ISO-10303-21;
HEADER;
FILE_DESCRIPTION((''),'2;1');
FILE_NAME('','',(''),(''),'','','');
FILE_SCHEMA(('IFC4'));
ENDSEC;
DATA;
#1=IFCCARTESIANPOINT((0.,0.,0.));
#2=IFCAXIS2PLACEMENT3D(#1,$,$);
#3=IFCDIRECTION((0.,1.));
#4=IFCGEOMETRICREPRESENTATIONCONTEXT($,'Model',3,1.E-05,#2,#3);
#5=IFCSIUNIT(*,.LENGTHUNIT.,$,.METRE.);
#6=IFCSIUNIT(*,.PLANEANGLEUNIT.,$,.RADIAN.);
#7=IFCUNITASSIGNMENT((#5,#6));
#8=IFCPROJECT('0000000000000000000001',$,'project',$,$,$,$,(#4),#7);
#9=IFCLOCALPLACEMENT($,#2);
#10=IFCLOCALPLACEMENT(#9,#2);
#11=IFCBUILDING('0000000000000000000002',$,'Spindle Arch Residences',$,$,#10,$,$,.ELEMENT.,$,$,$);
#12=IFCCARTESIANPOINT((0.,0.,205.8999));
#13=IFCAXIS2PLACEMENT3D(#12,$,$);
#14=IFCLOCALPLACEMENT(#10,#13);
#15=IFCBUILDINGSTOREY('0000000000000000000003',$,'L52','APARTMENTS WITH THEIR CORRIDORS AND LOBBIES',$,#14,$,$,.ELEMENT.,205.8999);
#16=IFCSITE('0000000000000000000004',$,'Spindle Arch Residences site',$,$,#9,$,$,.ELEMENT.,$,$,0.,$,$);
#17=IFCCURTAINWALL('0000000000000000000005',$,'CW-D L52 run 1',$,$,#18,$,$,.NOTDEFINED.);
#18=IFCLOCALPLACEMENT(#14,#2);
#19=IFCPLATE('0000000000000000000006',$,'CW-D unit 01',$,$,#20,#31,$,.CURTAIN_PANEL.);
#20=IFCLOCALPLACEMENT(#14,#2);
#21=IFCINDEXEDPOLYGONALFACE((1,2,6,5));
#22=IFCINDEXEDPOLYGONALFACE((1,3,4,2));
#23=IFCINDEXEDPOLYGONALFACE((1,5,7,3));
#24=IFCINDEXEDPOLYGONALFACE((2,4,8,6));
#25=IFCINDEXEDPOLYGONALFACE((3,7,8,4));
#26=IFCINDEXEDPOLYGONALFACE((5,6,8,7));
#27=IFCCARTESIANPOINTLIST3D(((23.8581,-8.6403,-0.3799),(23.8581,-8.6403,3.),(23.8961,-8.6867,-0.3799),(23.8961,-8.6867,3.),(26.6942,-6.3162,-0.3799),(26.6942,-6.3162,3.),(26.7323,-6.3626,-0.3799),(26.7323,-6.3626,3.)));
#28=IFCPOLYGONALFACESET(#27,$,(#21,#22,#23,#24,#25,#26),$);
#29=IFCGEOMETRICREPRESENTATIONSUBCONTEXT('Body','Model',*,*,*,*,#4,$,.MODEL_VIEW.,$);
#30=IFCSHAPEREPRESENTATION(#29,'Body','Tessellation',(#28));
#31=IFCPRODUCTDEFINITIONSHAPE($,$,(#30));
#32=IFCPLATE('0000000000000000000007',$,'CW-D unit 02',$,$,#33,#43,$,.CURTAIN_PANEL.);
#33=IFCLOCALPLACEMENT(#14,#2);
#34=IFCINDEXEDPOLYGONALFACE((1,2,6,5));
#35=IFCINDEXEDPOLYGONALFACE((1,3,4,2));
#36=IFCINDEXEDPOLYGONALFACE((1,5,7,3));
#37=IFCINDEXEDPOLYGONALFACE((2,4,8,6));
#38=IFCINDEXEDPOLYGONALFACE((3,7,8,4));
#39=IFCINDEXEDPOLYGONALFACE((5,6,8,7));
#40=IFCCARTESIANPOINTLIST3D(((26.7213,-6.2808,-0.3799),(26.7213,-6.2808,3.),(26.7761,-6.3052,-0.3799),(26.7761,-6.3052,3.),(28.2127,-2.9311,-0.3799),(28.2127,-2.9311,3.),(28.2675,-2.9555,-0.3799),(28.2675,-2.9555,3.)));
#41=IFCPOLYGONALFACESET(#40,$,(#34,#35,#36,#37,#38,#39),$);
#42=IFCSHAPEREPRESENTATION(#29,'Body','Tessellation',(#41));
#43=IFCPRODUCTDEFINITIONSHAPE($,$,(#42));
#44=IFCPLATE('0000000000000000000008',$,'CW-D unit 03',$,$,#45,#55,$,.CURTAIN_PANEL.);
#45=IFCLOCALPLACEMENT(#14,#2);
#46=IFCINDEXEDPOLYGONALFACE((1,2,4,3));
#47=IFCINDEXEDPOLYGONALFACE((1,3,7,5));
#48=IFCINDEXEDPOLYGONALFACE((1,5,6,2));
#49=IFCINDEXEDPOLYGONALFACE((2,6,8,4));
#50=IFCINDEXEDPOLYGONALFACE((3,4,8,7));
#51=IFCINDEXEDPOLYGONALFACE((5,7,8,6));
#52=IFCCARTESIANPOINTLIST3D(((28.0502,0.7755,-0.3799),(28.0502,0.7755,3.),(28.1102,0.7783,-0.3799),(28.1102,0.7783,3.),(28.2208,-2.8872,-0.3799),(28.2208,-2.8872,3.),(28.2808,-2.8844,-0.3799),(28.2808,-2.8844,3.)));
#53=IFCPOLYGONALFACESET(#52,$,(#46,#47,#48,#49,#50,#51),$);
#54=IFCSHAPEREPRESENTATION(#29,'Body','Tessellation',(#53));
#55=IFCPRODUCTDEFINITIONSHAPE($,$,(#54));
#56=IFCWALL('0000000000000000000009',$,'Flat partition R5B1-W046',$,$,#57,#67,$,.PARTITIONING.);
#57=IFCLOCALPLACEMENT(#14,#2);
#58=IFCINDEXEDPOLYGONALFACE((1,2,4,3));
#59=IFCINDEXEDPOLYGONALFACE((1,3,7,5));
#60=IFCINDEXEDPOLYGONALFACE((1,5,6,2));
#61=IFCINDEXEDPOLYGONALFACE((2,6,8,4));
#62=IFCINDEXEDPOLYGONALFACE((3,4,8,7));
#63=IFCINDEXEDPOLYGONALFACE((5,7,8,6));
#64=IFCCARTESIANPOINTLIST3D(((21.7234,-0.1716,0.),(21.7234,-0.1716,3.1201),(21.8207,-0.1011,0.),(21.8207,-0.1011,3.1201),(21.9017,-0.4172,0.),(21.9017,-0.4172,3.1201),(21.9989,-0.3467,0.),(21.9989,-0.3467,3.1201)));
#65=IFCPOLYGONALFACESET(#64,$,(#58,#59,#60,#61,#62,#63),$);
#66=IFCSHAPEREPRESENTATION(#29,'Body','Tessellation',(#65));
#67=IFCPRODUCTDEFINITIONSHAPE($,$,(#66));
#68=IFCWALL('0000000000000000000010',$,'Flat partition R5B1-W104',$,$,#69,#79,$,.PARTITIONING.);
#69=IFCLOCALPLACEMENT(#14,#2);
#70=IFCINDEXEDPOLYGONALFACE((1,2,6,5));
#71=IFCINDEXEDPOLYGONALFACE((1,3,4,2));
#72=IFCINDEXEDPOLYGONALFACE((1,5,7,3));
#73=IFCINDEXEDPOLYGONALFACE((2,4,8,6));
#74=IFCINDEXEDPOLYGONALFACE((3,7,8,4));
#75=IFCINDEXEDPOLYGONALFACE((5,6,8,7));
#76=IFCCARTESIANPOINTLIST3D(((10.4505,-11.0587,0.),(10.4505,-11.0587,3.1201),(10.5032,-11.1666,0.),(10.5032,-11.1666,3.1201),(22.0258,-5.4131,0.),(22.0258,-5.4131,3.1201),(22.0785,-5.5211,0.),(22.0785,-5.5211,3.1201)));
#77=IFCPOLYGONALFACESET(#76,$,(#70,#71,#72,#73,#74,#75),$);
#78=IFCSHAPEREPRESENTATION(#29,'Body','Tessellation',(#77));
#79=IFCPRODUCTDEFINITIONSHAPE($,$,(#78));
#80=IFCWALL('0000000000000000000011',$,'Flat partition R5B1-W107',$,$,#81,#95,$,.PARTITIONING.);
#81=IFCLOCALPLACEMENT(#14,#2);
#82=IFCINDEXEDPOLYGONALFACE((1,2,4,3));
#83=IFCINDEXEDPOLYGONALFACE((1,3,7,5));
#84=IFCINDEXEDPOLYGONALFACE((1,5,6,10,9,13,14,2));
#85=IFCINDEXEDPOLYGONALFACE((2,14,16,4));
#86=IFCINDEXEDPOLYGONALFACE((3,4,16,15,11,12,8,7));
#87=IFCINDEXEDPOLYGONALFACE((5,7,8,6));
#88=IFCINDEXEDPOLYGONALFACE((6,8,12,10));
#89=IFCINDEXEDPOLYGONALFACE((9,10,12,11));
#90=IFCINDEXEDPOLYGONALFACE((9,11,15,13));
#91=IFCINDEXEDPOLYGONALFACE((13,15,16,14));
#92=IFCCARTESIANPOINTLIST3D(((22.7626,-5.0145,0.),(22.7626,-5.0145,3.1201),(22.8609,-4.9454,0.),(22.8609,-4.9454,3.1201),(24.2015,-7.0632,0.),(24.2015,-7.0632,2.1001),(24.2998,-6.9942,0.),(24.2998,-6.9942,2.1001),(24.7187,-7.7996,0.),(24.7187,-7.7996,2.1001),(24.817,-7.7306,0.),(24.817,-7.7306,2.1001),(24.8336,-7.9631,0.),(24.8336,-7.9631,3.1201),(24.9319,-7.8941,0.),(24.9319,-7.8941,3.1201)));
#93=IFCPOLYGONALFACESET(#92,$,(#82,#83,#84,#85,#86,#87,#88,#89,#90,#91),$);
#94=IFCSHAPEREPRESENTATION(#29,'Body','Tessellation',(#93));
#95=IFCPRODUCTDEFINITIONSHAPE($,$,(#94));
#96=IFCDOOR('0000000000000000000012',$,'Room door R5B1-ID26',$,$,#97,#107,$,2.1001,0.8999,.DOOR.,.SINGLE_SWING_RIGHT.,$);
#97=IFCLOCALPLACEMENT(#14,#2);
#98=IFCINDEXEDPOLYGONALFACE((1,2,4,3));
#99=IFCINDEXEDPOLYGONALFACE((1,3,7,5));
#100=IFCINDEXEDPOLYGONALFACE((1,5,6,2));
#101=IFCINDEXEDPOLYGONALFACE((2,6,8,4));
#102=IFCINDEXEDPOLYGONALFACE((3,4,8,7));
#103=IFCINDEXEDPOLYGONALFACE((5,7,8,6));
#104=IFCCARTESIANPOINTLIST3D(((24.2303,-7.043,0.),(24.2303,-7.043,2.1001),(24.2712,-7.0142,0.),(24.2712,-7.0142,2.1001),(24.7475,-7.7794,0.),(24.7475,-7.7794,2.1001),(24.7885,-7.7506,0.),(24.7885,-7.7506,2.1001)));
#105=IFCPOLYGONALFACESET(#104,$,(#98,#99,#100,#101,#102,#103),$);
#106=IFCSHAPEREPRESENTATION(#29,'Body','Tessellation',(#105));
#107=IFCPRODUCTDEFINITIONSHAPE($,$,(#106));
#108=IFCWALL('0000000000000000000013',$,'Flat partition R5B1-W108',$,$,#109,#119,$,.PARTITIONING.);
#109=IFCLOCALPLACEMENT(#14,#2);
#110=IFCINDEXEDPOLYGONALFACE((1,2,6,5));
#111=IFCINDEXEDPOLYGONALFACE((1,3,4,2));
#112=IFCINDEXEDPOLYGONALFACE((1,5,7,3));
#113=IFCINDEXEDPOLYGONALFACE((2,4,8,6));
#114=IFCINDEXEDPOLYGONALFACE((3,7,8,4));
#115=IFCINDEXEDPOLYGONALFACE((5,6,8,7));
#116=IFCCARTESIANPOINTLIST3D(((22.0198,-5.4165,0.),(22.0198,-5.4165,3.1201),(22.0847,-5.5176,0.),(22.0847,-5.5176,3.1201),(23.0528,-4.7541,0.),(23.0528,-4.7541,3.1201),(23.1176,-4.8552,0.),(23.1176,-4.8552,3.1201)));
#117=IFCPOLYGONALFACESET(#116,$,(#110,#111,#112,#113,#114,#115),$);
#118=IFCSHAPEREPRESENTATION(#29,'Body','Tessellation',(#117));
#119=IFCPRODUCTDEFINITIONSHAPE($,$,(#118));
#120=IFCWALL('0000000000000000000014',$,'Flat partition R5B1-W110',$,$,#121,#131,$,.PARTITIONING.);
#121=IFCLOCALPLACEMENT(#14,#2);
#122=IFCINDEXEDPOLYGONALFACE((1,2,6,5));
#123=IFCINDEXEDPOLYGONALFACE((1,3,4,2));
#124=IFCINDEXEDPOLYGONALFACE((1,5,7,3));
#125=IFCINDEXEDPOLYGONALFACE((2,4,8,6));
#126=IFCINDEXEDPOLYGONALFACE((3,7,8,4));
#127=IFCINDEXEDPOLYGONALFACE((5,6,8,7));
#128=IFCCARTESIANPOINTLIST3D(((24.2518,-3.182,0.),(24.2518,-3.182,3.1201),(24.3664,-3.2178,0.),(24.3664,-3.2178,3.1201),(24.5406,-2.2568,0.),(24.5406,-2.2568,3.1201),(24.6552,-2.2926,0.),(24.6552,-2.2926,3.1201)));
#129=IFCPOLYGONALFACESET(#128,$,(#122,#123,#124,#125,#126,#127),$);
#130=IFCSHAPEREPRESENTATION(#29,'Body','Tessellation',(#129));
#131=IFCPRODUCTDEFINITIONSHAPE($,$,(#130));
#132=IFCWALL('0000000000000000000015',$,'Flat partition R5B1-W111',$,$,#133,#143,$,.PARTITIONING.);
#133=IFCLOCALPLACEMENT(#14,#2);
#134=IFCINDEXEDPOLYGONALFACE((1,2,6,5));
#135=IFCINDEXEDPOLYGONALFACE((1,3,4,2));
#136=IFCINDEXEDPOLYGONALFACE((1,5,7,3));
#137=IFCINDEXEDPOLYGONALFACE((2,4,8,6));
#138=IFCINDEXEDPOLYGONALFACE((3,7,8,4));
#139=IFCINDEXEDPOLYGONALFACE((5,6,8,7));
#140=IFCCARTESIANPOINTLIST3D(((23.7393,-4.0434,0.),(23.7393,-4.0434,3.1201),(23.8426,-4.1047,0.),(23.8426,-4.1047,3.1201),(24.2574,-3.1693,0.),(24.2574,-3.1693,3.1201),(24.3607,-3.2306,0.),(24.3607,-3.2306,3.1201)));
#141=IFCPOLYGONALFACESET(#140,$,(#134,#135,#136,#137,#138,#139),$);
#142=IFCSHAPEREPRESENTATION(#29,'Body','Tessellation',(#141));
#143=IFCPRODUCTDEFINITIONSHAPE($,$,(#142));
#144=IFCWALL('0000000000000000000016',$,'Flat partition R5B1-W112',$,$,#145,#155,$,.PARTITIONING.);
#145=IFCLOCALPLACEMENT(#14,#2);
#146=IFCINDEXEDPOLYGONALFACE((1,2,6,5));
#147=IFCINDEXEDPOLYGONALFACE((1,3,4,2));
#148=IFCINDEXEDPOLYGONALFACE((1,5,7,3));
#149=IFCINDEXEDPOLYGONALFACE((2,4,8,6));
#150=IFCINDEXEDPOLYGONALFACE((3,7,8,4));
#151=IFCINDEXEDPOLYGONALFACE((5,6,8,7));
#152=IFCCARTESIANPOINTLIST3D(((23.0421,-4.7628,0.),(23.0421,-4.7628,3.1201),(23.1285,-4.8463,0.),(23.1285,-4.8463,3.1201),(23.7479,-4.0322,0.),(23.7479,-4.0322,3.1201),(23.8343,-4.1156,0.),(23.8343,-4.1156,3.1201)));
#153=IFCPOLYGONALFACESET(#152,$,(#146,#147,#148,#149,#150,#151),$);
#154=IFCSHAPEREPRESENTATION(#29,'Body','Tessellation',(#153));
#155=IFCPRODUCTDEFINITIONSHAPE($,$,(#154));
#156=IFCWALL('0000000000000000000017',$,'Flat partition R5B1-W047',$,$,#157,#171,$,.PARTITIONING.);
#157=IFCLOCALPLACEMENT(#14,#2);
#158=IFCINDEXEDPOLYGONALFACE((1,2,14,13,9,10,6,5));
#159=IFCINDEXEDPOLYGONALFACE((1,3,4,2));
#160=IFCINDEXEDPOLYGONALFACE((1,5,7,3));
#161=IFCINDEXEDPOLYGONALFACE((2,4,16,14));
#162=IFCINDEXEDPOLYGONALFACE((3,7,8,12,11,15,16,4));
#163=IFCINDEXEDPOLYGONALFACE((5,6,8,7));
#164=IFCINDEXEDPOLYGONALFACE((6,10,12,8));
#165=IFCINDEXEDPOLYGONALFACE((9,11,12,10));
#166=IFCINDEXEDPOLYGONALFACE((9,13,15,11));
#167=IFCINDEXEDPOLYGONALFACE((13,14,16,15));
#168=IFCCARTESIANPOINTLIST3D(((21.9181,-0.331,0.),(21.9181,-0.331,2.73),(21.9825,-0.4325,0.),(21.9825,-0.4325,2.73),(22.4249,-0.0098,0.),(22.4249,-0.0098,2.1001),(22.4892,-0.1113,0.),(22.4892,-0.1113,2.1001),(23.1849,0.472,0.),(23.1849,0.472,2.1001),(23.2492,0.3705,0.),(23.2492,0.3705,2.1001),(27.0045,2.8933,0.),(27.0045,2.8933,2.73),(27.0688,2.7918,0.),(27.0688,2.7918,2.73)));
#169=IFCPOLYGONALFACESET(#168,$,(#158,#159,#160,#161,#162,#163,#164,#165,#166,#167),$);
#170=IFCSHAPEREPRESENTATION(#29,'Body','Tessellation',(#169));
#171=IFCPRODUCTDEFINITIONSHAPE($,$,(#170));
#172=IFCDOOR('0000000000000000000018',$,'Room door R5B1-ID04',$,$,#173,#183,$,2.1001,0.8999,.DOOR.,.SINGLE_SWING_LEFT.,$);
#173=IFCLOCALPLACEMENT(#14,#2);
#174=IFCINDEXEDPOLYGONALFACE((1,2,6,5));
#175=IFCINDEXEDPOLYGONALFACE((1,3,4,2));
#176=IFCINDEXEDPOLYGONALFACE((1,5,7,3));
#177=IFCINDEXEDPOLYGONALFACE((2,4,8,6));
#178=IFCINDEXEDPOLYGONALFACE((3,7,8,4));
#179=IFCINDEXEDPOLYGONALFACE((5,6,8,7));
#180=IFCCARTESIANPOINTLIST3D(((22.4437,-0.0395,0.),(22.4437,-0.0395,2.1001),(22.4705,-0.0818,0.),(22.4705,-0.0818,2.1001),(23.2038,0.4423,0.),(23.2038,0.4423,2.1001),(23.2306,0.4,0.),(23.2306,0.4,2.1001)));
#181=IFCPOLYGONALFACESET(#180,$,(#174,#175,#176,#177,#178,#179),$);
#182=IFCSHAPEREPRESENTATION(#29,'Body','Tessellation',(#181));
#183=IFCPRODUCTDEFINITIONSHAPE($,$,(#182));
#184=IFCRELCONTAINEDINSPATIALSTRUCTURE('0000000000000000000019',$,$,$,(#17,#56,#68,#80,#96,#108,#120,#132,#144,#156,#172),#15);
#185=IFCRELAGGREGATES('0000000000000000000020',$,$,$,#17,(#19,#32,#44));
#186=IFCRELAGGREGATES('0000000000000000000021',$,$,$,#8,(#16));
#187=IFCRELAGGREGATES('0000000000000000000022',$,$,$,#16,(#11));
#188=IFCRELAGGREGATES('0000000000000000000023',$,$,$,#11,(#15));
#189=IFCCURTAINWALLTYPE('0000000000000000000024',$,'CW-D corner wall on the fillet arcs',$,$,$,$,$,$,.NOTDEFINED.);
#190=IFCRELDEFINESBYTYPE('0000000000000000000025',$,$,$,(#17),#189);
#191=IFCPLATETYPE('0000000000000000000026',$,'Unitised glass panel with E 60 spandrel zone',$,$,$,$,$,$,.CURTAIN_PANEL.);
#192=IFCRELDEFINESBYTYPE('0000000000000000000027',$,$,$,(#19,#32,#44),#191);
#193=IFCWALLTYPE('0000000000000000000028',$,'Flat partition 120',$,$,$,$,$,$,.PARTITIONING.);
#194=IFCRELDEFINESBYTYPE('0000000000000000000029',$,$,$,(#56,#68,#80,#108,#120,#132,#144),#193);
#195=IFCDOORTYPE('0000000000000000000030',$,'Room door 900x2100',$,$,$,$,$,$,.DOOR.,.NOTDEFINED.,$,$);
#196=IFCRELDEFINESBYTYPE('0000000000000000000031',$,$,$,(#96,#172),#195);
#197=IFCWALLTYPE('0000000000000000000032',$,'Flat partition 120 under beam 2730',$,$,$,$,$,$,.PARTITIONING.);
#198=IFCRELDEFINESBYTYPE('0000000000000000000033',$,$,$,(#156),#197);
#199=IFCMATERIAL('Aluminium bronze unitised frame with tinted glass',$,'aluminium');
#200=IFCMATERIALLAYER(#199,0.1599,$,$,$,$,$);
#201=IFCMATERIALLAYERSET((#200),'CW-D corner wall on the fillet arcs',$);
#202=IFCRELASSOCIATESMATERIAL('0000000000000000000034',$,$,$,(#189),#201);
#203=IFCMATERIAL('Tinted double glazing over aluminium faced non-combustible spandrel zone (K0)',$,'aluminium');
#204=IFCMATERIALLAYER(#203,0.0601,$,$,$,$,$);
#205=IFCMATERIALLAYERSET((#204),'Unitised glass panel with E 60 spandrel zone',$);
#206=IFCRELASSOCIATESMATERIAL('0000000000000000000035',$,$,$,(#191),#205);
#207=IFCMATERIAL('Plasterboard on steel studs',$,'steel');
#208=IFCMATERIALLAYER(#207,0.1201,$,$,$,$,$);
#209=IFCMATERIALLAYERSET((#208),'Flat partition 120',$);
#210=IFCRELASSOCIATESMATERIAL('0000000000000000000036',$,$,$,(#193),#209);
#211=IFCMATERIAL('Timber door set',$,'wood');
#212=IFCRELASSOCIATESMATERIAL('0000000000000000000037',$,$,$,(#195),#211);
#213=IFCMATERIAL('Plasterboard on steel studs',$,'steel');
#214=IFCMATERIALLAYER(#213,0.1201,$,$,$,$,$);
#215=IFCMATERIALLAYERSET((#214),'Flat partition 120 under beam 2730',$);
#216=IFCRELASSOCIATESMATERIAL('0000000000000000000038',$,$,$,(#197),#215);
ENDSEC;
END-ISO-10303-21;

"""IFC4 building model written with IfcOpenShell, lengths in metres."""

from ifc_helpers import new_model, si_unit, direction, frame, frame_2d, origin, origin_2d, place, context, subcontext, project, spatial, rectangle, extrude, material, layer, layer_set, type_object, element, fill, aggregate, save


model = new_model("IFC4")

# Units and contexts
model_context = context("Model", 3, precision=1e-05, world=origin(), true_north=direction((0.0, 1.0)))
body_context = subcontext(model_context, "Body", "Model", "MODEL_VIEW")
ifc_project = project(units=[si_unit("LENGTHUNIT", "METRE"), si_unit("PLANEANGLEUNIT", "RADIAN")], contexts=[model_context])

# Site, building, storey
site_placement = place(None, origin())
site = spatial("IfcSite", under=ifc_project, at=site_placement, Name="Spindle Arch Residences site", CompositionType="ELEMENT", RefElevation=0.0)
building_placement = place(site_placement, origin())
building = spatial("IfcBuilding", under=site, at=building_placement, Name="Spindle Arch Residences", CompositionType="ELEMENT")
storey_placement = place(building_placement, frame((0.0, 0.0, 205.8999)))
storey = spatial("IfcBuildingStorey", under=building, at=storey_placement, Name="L52", Description="APARTMENTS WITH THEIR CORRIDORS AND LOBBIES", CompositionType="ELEMENT", Elevation=205.8999)

# Curtain wall
ifc_material_1 = material(Name="Aluminium bronze unitised frame with tinted glass", Category="aluminium")
ifc_layer_1 = layer(ifc_material_1, 0.1599)
ifc_layer_set_1 = layer_set([ifc_layer_1], Name="CW-D corner wall on the fillet arcs")
curtain_wall_type = type_object("IfcCurtainWallType", Name="CW-D corner wall on the fillet arcs", PredefinedType="NOTDEFINED", material=ifc_layer_set_1)
curtain_wall_placement = place(storey_placement, origin())
curtain_wall = element("IfcCurtainWall", 1, at=curtain_wall_placement, inside=storey, type_object=curtain_wall_type, Name="CW-D L52 run 1", PredefinedType="NOTDEFINED")

# Plates
ifc_material_2 = material(Name="Tinted double glazing over aluminium faced non-combustible spandrel zone (K0)", Category="aluminium")
ifc_layer_2 = layer(ifc_material_2, 0.0601)
ifc_layer_set_2 = layer_set([ifc_layer_2], Name="Unitised glass panel with E 60 spandrel zone")
plate_type = type_object("IfcPlateType", Name="Unitised glass panel with E 60 spandrel zone", PredefinedType="CURTAIN_PANEL", material=ifc_layer_set_2)
plate_1_placement = place(storey_placement, frame((25.2952, -7.5015, -0.3799), z_axis=(0.0, 0.0, 1.0), x_axis=(0.773472, 0.633831, 0.0)))
plate_1 = element("IfcPlate", 2, at=plate_1_placement, type_object=plate_type, Name="CW-D unit 01", PredefinedType="CURTAIN_PANEL", context=body_context, shape_type="SweptSolid", body=[
    extrude(rectangle(XDim=3.6667, YDim=0.0601, at=origin_2d()), origin(), (0.0, 0.0, 1.0), 3.3799),
])
plate_2_placement = place(storey_placement, frame((27.4944, -4.6182, -0.3799), z_axis=(0.0, 0.0, 1.0), x_axis=(0.406737, 0.913545, 0.0)))
plate_2 = element("IfcPlate", 3, at=plate_2_placement, type_object=plate_type, Name="CW-D unit 02", PredefinedType="CURTAIN_PANEL", context=body_context, shape_type="SweptSolid", body=[
    extrude(rectangle(XDim=3.6667, YDim=0.0601, at=origin_2d()), origin(), (0.0, 0.0, 1.0), 3.3799),
])
plate_3_placement = place(storey_placement, frame((28.1655, -1.0544, -0.3799), z_axis=(0.0, 0.0, 1.0), x_axis=(-0.046525, 0.998917, 0.0)))
plate_3 = element("IfcPlate", 4, at=plate_3_placement, type_object=plate_type, Name="CW-D unit 03", PredefinedType="CURTAIN_PANEL", context=body_context, shape_type="SweptSolid", body=[
    extrude(rectangle(XDim=3.6667, YDim=0.0601, at=origin_2d()), origin(), (0.0, 0.0, 1.0), 3.3799),
])
aggregate(curtain_wall, [plate_1, plate_2, plate_3])

# Walls
ifc_material_3 = material(Name="Plasterboard on steel studs", Category="steel")
ifc_layer_3 = layer(ifc_material_3, 0.1201)
ifc_layer_set_3 = layer_set([ifc_layer_3], Name="Flat partition 120")
wall_type_1 = type_object("IfcWallType", Name="Flat partition 120", PredefinedType="PARTITIONING", material=ifc_layer_set_3)
wall_1_placement = place(storey_placement, frame((21.772, -0.1362, 0.0), z_axis=(0.0, 0.0, 1.0), x_axis=(0.58731, -0.809362, 0.0)))
element("IfcWall", 5, at=wall_1_placement, inside=storey, type_object=wall_type_1, Name="Flat partition R5B1-W046", PredefinedType="PARTITIONING", context=body_context, shape_type="SweptSolid", body=[
    extrude(rectangle(XDim=0.3035, YDim=0.1201, at=frame_2d((0.1519, 0.0))), origin(), (0.0, 0.0, 1.0), 3.1201),
])
wall_2_placement = place(storey_placement, frame((22.0522, -5.467, 0.0), z_axis=(0.0, 0.0, 1.0), x_axis=(-0.898797, -0.438365, 0.0)))
element("IfcWall", 6, at=wall_2_placement, inside=storey, type_object=wall_type_1, Name="Flat partition R5B1-W104", PredefinedType="PARTITIONING", context=body_context, shape_type="SweptSolid", body=[
    extrude(rectangle(XDim=12.8787, YDim=0.1201, at=frame_2d((6.4395, 0.0))), origin(), (0.0, 0.0, 1.0), 3.1201),
])

# Wall, opening, door
wall_3_placement = place(storey_placement, frame((24.8828, -7.9287, 0.0), z_axis=(0.0, 0.0, 1.0), x_axis=(-0.574753, 0.818327, 0.0)))
wall_3 = element("IfcWall", 7, at=wall_3_placement, inside=storey, type_object=wall_type_1, Name="Flat partition R5B1-W107", PredefinedType="PARTITIONING", context=body_context, shape_type="SweptSolid", body=[
    extrude(rectangle(XDim=3.6033, YDim=0.1201, at=frame_2d((1.8018, 0.0))), origin(), (0.0, 0.0, 1.0), 3.1201),
])
opening_1_placement = place(wall_3_placement, frame((0.2, 0.0, 0.0)))
opening_1 = element("IfcOpeningElement", 8, at=opening_1_placement, cuts=wall_3, PredefinedType="OPENING", context=body_context, shape_type="SweptSolid", body=[
    extrude(rectangle(XDim=0.8999, YDim=2.1001, at=frame_2d((0.45, 1.05))), frame((0.0, 0.0701, 0.0), z_axis=(0.0, -1.0, 0.0), x_axis=(1.0, 0.0, 0.0)), (0.0, 0.0, 1.0), 0.1401),
])
ifc_material_4 = material(Name="Timber door set", Category="wood")
door_type = type_object("IfcDoorType", Name="Room door 900x2100", OperationType="NOTDEFINED", PredefinedType="DOOR", material=ifc_material_4)
door_1_placement = place(opening_1_placement, origin())
door_1 = element("IfcDoor", 9, at=door_1_placement, inside=storey, type_object=door_type, Name="Room door R5B1-ID26", OperationType="SINGLE_SWING_RIGHT", OverallHeight=2.1001, OverallWidth=0.8999, PredefinedType="DOOR", context=body_context, shape_type="SweptSolid", body=[
    extrude(rectangle(XDim=0.8999, YDim=2.1001, at=frame_2d((0.45, 1.05))), frame((0.0, 0.0249, 0.0), z_axis=(0.0, -1.0, 0.0), x_axis=(1.0, 0.0, 0.0)), (0.0, 0.0, 1.0), 0.05),
])
fill(opening_1, door_1)

# Walls
wall_4_placement = place(storey_placement, frame((23.0852, -4.8047, 0.0), z_axis=(0.0, 0.0, 1.0), x_axis=(-0.841805, -0.539782, 0.0)))
element("IfcWall", 10, at=wall_4_placement, inside=storey, type_object=wall_type_1, Name="Flat partition R5B1-W108", PredefinedType="PARTITIONING", context=body_context, shape_type="SweptSolid", body=[
    extrude(rectangle(XDim=1.2271, YDim=0.1201, at=frame_2d((0.6135, 0.0))), origin(), (0.0, 0.0, 1.0), 3.1201),
])
wall_5_placement = place(storey_placement, frame((24.5979, -2.2747, 0.0), z_axis=(0.0, 0.0, 1.0), x_axis=(-0.297959, -0.954579, 0.0)))
element("IfcWall", 11, at=wall_5_placement, inside=storey, type_object=wall_type_1, Name="Flat partition R5B1-W110", PredefinedType="PARTITIONING", context=body_context, shape_type="SweptSolid", body=[
    extrude(rectangle(XDim=0.9692, YDim=0.1201, at=frame_2d((0.4846, 0.0))), origin(), (0.0, 0.0, 1.0), 3.1201),
])
wall_6_placement = place(storey_placement, frame((24.3091, -3.2, 0.0), z_axis=(0.0, 0.0, 1.0), x_axis=(-0.509895, -0.860237, 0.0)))
element("IfcWall", 12, at=wall_6_placement, inside=storey, type_object=wall_type_1, Name="Flat partition R5B1-W111", PredefinedType="PARTITIONING", context=body_context, shape_type="SweptSolid", body=[
    extrude(rectangle(XDim=1.0161, YDim=0.1201, at=frame_2d((0.5081, 0.0))), origin(), (0.0, 0.0, 1.0), 3.1201),
])
wall_7_placement = place(storey_placement, frame((23.791, -4.074, 0.0), z_axis=(0.0, 0.0, 1.0), x_axis=(-0.694745, -0.719257, 0.0)))
element("IfcWall", 13, at=wall_7_placement, inside=storey, type_object=wall_type_1, Name="Flat partition R5B1-W112", PredefinedType="PARTITIONING", context=body_context, shape_type="SweptSolid", body=[
    extrude(rectangle(XDim=1.0159, YDim=0.1201, at=frame_2d((0.5078, 0.0))), origin(), (0.0, 0.0, 1.0), 3.1201),
])

# Wall, opening, door
ifc_material_5 = material(Name="Plasterboard on steel studs", Category="steel")
ifc_layer_4 = layer(ifc_material_5, 0.1201)
ifc_layer_set_4 = layer_set([ifc_layer_4], Name="Flat partition 120 under beam 2730")
wall_type_2 = type_object("IfcWallType", Name="Flat partition 120 under beam 2730", PredefinedType="PARTITIONING", material=ifc_layer_set_4)
wall_8_placement = place(storey_placement, frame((21.9502, -0.3818, 0.0), z_axis=(0.0, 0.0, 1.0), x_axis=(0.844597, 0.535403, 0.0)))
wall_8 = element("IfcWall", 14, at=wall_8_placement, inside=storey, type_object=wall_type_2, Name="Flat partition R5B1-W047", PredefinedType="PARTITIONING", context=body_context, shape_type="SweptSolid", body=[
    extrude(rectangle(XDim=6.0222, YDim=0.1201, at=frame_2d((3.0112, 0.0))), origin(), (0.0, 0.0, 1.0), 2.73),
])
opening_2_placement = place(wall_8_placement, frame((0.6001, 0.0, 0.0)))
opening_2 = element("IfcOpeningElement", 15, at=opening_2_placement, cuts=wall_8, PredefinedType="OPENING", context=body_context, shape_type="SweptSolid", body=[
    extrude(rectangle(XDim=0.8999, YDim=2.1001, at=frame_2d((0.45, 1.05))), frame((0.0, 0.0701, 0.0), z_axis=(0.0, -1.0, 0.0), x_axis=(1.0, 0.0, 0.0)), (0.0, 0.0, 1.0), 0.1401),
])
door_2_placement = place(opening_2_placement, origin())
door_2 = element("IfcDoor", 16, at=door_2_placement, inside=storey, type_object=door_type, Name="Room door R5B1-ID04", OperationType="SINGLE_SWING_LEFT", OverallHeight=2.1001, OverallWidth=0.8999, PredefinedType="DOOR", context=body_context, shape_type="SweptSolid", body=[
    extrude(rectangle(XDim=0.8999, YDim=2.1001, at=frame_2d((0.45, 1.05))), frame((0.0, 0.0249, 0.0), z_axis=(0.0, -1.0, 0.0), x_axis=(1.0, 0.0, 0.0)), (0.0, 0.0, 1.0), 0.05),
])
fill(opening_2, door_2)

save(model, "model.ifc")
